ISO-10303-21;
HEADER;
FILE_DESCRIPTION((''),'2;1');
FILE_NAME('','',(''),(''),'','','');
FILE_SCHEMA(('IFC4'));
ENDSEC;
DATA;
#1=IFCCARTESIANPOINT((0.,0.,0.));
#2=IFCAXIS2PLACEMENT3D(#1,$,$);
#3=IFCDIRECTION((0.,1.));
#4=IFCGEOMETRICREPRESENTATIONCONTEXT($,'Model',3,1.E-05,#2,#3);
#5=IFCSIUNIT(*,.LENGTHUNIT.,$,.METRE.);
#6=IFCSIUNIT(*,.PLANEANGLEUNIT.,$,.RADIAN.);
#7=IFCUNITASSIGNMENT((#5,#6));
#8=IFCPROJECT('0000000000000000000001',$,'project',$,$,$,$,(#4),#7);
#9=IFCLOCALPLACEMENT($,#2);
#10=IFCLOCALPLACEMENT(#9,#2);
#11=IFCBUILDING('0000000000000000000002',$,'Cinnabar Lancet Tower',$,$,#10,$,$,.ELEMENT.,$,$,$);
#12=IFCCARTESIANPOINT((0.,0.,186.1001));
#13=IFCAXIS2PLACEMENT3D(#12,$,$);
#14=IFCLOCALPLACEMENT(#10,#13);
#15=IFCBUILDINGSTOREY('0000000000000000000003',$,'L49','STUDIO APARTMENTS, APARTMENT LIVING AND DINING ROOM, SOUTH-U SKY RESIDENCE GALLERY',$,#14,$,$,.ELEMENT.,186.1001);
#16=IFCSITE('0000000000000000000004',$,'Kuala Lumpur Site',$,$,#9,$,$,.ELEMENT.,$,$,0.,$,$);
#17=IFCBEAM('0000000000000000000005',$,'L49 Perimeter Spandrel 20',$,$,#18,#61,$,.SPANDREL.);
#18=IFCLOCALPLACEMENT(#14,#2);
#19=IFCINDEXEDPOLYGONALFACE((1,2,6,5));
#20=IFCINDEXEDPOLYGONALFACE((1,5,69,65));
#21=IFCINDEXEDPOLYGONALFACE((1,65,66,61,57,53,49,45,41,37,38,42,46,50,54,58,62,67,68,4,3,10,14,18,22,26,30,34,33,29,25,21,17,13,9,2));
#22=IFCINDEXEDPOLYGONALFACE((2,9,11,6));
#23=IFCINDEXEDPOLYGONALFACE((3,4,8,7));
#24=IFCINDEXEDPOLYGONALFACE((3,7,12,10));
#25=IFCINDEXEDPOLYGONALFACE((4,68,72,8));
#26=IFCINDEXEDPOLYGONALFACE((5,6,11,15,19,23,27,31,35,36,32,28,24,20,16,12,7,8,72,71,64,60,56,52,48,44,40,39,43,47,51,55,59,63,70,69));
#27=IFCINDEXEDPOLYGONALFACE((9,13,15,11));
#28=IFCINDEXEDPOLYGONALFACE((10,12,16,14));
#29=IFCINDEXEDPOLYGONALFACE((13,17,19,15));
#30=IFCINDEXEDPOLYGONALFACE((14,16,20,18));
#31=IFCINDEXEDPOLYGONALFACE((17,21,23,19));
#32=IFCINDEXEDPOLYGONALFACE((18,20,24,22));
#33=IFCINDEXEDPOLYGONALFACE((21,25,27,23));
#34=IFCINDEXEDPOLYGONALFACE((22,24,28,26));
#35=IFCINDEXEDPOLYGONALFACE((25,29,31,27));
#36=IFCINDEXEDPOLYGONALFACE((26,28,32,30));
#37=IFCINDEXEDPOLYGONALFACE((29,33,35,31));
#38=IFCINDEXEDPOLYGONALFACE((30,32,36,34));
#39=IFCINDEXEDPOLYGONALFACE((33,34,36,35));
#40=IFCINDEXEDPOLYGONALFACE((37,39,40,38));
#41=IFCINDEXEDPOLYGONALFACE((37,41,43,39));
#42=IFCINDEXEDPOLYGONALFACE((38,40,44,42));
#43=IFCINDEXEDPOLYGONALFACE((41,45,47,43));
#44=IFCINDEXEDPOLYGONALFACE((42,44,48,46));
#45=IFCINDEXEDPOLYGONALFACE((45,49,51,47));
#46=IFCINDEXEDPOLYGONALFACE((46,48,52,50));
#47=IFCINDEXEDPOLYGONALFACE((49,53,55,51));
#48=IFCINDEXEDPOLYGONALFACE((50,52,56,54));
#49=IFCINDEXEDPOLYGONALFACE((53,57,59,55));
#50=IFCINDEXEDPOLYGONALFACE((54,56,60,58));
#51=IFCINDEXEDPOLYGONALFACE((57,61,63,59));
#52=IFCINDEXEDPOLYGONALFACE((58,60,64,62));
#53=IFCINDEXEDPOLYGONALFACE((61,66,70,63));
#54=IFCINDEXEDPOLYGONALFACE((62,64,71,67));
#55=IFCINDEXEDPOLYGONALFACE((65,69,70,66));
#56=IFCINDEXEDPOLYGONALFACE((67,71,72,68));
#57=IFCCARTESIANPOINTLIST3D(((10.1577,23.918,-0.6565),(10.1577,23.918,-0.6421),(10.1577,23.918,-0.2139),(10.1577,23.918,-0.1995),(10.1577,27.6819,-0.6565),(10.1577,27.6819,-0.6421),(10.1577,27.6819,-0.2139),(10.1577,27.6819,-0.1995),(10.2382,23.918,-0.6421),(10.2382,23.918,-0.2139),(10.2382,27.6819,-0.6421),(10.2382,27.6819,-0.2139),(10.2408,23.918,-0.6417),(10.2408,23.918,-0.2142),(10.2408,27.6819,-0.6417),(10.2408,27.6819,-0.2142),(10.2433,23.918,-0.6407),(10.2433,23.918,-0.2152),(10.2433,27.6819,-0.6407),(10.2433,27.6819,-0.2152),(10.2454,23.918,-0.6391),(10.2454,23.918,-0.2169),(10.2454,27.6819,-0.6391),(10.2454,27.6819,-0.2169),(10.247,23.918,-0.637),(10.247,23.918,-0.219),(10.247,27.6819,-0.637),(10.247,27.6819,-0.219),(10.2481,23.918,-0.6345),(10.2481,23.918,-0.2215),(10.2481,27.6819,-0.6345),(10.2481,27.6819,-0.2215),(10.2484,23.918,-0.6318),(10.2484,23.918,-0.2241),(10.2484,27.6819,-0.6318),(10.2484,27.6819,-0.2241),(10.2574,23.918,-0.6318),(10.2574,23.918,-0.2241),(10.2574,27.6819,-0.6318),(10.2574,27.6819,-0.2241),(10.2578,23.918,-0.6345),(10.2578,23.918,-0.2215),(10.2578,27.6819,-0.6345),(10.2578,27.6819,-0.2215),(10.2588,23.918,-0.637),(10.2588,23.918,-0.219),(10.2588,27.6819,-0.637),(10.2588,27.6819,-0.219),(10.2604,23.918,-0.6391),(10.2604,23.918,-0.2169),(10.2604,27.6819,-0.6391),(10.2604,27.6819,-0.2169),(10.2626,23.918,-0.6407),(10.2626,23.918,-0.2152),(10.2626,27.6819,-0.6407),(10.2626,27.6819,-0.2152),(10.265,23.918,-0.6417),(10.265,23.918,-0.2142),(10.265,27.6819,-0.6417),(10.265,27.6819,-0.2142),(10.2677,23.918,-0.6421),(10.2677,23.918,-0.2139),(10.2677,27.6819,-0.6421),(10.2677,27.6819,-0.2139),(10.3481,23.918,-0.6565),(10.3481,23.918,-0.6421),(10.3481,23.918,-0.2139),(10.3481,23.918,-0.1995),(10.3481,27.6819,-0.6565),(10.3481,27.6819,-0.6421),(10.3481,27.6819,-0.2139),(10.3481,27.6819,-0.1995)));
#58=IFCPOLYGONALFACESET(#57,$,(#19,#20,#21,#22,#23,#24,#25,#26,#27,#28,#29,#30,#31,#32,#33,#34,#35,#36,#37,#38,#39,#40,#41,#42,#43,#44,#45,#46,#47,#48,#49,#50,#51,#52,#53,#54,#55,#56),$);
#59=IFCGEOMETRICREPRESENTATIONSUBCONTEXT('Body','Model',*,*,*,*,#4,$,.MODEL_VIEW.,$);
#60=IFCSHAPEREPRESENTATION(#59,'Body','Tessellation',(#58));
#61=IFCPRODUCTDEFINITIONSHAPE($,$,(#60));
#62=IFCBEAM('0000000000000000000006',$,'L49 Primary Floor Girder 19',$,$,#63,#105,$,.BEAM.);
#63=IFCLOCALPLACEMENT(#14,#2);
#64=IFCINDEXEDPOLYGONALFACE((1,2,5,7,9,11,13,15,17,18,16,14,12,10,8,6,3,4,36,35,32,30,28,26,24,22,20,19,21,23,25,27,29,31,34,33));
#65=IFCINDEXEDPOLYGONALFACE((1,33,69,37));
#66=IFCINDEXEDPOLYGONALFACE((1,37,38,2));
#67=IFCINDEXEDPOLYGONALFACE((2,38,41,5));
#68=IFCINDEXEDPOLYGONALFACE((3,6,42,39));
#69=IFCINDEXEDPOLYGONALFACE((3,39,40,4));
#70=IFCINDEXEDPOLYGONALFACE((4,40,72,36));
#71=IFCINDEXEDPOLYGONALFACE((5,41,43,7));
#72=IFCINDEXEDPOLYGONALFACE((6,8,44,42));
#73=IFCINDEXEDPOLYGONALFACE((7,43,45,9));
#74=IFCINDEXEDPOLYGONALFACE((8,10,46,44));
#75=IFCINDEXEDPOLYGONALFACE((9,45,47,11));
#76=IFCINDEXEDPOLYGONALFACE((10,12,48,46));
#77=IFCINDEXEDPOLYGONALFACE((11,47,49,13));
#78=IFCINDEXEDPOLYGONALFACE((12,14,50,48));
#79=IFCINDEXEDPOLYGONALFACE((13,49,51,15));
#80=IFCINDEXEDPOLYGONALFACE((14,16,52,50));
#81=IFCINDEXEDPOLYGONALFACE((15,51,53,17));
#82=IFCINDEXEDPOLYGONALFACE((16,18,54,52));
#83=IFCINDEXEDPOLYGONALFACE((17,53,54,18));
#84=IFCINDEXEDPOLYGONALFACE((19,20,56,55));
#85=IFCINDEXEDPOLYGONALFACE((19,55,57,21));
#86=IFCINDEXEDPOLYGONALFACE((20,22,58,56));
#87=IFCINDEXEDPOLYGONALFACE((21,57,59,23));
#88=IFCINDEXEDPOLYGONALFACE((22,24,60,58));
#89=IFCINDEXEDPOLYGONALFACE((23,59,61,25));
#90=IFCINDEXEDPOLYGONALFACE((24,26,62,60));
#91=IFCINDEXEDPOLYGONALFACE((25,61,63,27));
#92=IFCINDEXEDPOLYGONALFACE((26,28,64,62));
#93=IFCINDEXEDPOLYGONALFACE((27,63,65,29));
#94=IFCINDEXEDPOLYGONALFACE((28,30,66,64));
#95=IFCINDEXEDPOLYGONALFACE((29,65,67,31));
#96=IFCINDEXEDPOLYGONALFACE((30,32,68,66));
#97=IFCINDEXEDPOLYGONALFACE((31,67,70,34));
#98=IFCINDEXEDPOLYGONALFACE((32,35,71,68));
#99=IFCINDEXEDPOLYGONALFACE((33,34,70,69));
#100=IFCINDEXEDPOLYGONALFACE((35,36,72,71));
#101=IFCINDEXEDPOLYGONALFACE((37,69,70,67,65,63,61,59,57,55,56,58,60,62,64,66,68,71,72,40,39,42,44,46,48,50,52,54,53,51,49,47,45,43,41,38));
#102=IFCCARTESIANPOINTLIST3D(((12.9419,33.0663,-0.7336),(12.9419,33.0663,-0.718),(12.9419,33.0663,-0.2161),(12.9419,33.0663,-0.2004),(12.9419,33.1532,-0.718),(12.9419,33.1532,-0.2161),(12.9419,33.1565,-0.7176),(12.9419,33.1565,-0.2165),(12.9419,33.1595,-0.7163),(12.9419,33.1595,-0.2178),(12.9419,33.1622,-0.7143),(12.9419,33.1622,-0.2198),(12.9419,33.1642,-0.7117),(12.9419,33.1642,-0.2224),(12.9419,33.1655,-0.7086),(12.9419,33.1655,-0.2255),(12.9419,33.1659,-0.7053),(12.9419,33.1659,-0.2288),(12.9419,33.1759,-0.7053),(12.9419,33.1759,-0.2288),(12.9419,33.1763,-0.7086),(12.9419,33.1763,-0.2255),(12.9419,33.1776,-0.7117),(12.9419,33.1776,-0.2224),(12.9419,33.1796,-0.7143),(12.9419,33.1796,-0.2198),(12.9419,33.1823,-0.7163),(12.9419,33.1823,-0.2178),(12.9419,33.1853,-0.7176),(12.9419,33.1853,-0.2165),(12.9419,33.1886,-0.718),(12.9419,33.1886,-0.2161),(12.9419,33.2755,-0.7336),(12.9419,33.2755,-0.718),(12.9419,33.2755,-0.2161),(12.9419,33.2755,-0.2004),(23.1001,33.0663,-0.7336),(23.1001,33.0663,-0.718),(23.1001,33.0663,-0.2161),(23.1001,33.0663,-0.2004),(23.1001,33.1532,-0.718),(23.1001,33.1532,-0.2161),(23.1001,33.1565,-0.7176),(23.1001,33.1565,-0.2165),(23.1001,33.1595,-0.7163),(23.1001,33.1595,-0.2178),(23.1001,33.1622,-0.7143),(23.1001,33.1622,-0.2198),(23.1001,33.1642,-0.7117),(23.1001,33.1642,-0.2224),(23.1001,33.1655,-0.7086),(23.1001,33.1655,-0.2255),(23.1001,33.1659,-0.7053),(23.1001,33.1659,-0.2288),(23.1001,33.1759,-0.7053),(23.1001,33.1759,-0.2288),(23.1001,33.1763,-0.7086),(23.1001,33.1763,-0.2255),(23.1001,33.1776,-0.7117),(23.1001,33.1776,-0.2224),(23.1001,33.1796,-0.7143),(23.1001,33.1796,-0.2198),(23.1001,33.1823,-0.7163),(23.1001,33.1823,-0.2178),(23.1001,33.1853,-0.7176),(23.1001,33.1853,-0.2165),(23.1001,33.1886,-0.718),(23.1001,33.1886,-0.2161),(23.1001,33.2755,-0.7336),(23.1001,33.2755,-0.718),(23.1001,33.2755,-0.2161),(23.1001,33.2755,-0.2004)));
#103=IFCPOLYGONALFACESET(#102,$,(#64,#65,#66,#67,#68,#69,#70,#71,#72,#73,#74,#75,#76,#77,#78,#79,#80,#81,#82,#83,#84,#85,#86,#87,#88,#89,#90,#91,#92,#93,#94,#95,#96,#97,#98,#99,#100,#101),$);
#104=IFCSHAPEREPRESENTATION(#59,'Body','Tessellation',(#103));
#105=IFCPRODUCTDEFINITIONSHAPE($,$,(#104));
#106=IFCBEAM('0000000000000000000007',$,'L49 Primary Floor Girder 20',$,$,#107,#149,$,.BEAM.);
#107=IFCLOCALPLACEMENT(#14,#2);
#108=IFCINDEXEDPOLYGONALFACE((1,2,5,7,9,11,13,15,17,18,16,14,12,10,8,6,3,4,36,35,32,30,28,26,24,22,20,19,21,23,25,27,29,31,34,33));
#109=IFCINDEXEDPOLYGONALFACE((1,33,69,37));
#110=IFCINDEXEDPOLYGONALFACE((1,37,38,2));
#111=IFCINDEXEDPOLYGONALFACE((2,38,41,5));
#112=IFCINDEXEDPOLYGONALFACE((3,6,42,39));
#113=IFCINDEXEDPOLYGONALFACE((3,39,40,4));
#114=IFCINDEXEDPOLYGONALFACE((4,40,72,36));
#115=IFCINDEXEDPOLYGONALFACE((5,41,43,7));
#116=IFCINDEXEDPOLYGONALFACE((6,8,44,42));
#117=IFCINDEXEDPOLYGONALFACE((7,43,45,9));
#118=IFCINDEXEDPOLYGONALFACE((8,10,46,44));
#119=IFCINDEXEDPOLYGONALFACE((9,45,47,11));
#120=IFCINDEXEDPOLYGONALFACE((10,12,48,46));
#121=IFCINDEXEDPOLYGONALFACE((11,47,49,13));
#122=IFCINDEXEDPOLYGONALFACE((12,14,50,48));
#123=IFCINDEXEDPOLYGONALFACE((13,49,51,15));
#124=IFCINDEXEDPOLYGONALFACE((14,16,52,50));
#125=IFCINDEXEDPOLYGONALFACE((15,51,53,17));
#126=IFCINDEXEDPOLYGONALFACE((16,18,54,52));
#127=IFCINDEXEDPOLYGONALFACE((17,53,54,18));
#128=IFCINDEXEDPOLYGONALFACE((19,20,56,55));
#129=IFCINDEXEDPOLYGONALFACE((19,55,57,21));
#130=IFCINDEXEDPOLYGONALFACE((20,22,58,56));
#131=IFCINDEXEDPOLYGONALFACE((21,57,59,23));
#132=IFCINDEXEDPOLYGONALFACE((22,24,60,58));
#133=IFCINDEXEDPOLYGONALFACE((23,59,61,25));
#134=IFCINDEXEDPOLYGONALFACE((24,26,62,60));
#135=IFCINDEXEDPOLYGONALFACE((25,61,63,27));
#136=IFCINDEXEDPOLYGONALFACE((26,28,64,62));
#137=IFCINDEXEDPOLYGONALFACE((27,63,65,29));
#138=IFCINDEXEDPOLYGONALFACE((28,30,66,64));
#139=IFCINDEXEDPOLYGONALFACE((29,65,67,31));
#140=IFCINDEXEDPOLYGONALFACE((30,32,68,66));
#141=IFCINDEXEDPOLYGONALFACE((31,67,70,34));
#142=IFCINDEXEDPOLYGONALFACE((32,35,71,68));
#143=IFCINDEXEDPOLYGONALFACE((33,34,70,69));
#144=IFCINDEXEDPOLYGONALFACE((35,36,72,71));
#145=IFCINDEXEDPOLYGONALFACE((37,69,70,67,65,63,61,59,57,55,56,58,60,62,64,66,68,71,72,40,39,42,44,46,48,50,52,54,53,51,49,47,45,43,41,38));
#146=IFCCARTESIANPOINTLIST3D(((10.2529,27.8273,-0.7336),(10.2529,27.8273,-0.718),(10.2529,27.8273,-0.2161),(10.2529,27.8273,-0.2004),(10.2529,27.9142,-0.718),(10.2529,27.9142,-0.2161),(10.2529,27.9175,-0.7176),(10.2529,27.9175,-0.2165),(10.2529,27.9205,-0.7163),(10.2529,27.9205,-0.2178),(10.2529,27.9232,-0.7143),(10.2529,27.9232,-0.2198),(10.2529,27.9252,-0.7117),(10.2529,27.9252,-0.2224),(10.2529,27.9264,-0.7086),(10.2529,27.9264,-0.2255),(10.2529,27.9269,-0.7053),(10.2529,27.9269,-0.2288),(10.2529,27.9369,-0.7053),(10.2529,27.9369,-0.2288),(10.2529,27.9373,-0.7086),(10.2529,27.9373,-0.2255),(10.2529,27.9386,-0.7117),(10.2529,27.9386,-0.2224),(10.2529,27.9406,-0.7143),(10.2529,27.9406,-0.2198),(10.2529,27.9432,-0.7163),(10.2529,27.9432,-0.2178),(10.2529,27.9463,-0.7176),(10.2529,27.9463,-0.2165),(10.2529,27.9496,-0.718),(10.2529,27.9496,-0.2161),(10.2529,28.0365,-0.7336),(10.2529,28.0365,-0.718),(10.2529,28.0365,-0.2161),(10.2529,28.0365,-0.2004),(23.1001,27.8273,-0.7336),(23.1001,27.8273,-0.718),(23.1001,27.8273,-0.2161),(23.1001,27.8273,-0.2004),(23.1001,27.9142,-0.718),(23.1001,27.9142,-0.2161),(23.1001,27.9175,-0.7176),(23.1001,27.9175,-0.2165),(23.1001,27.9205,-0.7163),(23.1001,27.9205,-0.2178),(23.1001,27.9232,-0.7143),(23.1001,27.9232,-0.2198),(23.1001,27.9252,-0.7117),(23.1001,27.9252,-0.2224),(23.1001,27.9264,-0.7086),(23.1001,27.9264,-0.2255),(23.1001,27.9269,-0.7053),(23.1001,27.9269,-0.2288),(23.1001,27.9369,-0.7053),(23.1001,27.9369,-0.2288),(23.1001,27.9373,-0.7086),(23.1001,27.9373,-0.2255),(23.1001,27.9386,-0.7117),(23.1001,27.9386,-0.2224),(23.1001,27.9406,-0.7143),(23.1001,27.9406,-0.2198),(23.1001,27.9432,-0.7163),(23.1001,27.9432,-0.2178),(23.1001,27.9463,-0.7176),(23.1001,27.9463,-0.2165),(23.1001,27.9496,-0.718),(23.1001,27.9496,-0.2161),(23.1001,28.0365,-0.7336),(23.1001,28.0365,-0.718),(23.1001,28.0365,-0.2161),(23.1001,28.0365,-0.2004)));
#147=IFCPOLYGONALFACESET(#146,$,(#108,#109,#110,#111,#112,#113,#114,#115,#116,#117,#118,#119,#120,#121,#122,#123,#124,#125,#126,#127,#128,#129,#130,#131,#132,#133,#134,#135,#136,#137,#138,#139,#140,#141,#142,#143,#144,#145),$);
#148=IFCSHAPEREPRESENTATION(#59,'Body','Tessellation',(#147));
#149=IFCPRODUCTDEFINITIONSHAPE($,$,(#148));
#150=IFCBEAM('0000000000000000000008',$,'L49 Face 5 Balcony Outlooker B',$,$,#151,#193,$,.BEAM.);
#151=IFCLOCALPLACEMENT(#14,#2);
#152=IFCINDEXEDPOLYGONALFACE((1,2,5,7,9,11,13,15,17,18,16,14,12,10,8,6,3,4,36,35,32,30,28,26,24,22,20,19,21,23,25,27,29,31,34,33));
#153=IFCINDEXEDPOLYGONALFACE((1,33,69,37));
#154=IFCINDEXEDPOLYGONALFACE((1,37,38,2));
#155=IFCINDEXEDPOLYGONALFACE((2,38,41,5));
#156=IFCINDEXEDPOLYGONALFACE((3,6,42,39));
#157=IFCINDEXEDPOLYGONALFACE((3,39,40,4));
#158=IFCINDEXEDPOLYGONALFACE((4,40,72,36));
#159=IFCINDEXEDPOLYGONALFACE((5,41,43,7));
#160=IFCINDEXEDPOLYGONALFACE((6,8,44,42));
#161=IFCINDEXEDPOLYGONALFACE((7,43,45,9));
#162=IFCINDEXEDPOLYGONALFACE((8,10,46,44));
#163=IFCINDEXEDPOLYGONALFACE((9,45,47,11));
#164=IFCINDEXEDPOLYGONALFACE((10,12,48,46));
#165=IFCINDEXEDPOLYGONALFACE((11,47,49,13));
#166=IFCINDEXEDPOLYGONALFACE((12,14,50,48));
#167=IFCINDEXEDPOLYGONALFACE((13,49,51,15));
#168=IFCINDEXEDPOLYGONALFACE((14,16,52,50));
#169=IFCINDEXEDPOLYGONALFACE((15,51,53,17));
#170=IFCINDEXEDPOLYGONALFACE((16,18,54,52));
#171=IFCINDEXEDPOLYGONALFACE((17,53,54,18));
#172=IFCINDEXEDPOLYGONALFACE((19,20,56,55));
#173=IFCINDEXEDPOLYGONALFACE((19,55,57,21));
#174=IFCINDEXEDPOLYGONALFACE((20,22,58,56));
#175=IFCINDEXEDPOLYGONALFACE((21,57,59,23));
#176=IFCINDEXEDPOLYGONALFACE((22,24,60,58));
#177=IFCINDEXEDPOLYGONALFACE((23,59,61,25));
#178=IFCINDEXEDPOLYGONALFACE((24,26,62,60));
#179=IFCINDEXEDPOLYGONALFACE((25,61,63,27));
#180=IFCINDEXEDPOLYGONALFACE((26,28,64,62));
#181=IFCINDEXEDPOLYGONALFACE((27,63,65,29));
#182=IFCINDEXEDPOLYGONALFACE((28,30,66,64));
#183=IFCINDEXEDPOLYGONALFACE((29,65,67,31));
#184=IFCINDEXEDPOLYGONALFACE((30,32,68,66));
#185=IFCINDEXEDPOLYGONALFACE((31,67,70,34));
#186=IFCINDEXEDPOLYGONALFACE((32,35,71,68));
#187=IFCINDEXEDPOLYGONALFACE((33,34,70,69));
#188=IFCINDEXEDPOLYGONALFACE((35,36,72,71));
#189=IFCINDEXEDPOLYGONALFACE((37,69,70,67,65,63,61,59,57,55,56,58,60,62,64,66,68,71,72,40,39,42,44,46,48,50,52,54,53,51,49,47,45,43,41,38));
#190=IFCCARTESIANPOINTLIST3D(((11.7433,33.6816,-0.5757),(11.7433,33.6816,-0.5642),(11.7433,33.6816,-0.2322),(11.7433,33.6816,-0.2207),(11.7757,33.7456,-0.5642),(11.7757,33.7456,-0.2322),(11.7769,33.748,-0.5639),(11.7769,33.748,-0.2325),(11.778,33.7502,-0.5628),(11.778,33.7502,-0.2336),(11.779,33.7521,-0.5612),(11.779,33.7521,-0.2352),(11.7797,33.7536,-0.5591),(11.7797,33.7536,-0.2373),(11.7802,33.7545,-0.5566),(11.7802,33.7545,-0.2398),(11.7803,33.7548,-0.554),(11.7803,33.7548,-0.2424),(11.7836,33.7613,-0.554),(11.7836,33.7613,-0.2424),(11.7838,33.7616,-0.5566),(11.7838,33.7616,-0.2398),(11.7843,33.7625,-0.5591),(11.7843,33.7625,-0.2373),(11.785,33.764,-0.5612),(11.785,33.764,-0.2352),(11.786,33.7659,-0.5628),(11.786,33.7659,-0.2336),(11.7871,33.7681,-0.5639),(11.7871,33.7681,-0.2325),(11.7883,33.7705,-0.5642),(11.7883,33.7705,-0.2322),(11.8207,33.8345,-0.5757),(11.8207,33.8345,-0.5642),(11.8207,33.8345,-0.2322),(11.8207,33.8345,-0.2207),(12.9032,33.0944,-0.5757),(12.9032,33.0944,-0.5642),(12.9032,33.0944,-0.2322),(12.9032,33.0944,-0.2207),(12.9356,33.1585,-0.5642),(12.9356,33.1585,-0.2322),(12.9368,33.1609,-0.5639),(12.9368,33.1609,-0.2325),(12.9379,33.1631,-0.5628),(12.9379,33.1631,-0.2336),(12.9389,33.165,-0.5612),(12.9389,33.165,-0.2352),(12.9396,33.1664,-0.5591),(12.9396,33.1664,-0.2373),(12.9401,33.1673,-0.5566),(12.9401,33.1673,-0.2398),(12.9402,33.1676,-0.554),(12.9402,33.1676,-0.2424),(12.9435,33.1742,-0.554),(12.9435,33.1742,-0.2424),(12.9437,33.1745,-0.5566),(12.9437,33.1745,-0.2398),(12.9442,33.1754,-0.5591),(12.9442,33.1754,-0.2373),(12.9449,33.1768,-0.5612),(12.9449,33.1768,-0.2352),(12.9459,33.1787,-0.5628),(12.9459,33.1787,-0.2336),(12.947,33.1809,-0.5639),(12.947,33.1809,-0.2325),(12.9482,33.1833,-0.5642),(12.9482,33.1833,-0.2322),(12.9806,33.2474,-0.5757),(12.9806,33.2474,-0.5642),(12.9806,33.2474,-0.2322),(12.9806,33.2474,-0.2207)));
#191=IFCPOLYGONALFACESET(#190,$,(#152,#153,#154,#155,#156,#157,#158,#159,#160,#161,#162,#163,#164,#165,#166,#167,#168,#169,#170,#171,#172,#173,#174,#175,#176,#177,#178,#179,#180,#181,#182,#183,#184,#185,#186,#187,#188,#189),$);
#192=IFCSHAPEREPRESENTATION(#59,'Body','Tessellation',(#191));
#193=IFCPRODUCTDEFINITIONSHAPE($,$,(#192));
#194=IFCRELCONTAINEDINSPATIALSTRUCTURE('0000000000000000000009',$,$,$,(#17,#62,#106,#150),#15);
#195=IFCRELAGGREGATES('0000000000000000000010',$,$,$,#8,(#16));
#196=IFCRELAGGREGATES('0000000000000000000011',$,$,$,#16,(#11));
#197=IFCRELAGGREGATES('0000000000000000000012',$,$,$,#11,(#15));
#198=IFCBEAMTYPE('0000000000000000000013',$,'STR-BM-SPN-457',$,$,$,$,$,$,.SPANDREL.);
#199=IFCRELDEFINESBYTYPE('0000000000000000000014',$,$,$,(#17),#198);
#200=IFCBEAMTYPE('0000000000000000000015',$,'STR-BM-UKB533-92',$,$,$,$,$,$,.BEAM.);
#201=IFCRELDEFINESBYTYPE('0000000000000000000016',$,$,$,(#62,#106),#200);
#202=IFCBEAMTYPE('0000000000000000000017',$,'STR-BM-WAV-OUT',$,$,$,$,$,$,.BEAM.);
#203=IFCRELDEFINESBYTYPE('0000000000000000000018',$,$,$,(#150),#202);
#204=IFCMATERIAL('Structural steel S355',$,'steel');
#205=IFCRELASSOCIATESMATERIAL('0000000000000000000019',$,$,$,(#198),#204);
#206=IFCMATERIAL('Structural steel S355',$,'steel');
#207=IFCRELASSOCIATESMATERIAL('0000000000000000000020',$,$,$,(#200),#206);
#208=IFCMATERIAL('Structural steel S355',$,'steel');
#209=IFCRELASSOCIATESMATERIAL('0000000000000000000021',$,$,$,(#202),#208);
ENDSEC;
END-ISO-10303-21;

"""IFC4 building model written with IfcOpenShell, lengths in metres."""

from ifc_helpers import new_model, si_unit, direction, frame, origin, origin_2d, place, context, subcontext, project, spatial, i_section, extrude, material, material_profile, profile_set, type_object, element, save


model = new_model("IFC4")

# Units and contexts
model_context = context("Model", 3, precision=1e-05, world=origin(), true_north=direction((0.0, 1.0)))
body_context = subcontext(model_context, "Body", "Model", "MODEL_VIEW")
ifc_project = project(units=[si_unit("LENGTHUNIT", "METRE"), si_unit("PLANEANGLEUNIT", "RADIAN")], contexts=[model_context])

# Site, building, storey
site_placement = place(None, origin())
site = spatial("IfcSite", under=ifc_project, at=site_placement, Name="Kuala Lumpur Site", CompositionType="ELEMENT", RefElevation=0.0)
building_placement = place(site_placement, origin())
building = spatial("IfcBuilding", under=site, at=building_placement, Name="Cinnabar Lancet Tower", CompositionType="ELEMENT")
storey_placement = place(building_placement, frame((0.0, 0.0, 186.1001)))
storey = spatial("IfcBuildingStorey", under=building, at=storey_placement, Name="L49", Description="STUDIO APARTMENTS, APARTMENT LIVING AND DINING ROOM, SOUTH-U SKY RESIDENCE GALLERY", CompositionType="ELEMENT", Elevation=186.1001)

# Beams
ifc_material_1 = material(Name="Structural steel S355", Category="steel")
ifc_material_profile_1 = material_profile(ifc_material_1, i_section(OverallWidth=0.1904, OverallDepth=0.457, WebThickness=0.009, FlangeThickness=0.0144, FilletRadius=0.0103, at=origin_2d()), Name="UKB 457x191x74")
ifc_profile_set_1 = profile_set([ifc_material_profile_1], Name="Structural steel S355")
beam_type_1 = type_object("IfcBeamType", Name="STR-BM-SPN-457", PredefinedType="SPANDREL", material=ifc_profile_set_1)
beam_1_placement = place(storey_placement, frame((10.2529, 27.6819, -0.428), z_axis=(0.0, -1.0, 0.0), x_axis=(1.0, 0.0, 0.0)))
element("IfcBeam", 1, at=beam_1_placement, inside=storey, type_object=beam_type_1, Name="L49 Perimeter Spandrel 20", PredefinedType="SPANDREL", context=body_context, shape_type="SweptSolid", body=[
    extrude(i_section(OverallWidth=0.1904, OverallDepth=0.457, WebThickness=0.009, FlangeThickness=0.0144, FilletRadius=0.0103, at=origin_2d()), origin(), (0.0, 0.0, 1.0), 3.7639),
])
ifc_material_2 = material(Name="Structural steel S355", Category="steel")
ifc_material_profile_2 = material_profile(ifc_material_2, i_section(OverallWidth=0.2092, OverallDepth=0.5332, WebThickness=0.01, FlangeThickness=0.0156, FilletRadius=0.0127, at=origin_2d()), Name="UKB 533x210x92")
ifc_profile_set_2 = profile_set([ifc_material_profile_2], Name="Structural steel S355")
beam_type_2 = type_object("IfcBeamType", Name="STR-BM-UKB533-92", PredefinedType="BEAM", material=ifc_profile_set_2)
beam_2_placement = place(storey_placement, frame((12.9419, 33.1709, -0.467), z_axis=(1.0, 0.0, 0.0), x_axis=(0.0, 1.0, 0.0)))
element("IfcBeam", 2, at=beam_2_placement, inside=storey, type_object=beam_type_2, Name="L49 Primary Floor Girder 19", PredefinedType="BEAM", context=body_context, shape_type="SweptSolid", body=[
    extrude(i_section(OverallWidth=0.2092, OverallDepth=0.5332, WebThickness=0.01, FlangeThickness=0.0156, FilletRadius=0.0127, at=origin_2d()), origin(), (0.0, 0.0, 1.0), 10.1582),
])
beam_3_placement = place(storey_placement, frame((10.2529, 27.9319, -0.467), z_axis=(1.0, 0.0, 0.0), x_axis=(0.0, 1.0, 0.0)))
element("IfcBeam", 3, at=beam_3_placement, inside=storey, type_object=beam_type_2, Name="L49 Primary Floor Girder 20", PredefinedType="BEAM", context=body_context, shape_type="SweptSolid", body=[
    extrude(i_section(OverallWidth=0.2092, OverallDepth=0.5332, WebThickness=0.01, FlangeThickness=0.0156, FilletRadius=0.0127, at=origin_2d()), origin(), (0.0, 0.0, 1.0), 12.8472),
])
ifc_material_3 = material(Name="Structural steel S355", Category="steel")
ifc_material_profile_3 = material_profile(ifc_material_3, i_section(OverallWidth=0.1714, OverallDepth=0.355, WebThickness=0.0073, FlangeThickness=0.0115, FilletRadius=0.0103, at=origin_2d()), Name="UKB 356x171x51")
ifc_profile_set_3 = profile_set([ifc_material_profile_3], Name="Structural steel S355")
beam_type_3 = type_object("IfcBeamType", Name="STR-BM-WAV-OUT", PredefinedType="BEAM", material=ifc_profile_set_3)
beam_4_placement = place(storey_placement, frame((12.9419, 33.1709, -0.3982), z_axis=(-0.8922, 0.45164, 0.0), x_axis=(-0.45164, -0.8922, 0.0)))
element("IfcBeam", 4, at=beam_4_placement, inside=storey, type_object=beam_type_3, Name="L49 Face 5 Balcony Outlooker B", PredefinedType="BEAM", context=body_context, shape_type="SweptSolid", body=[
    extrude(i_section(OverallWidth=0.1714, OverallDepth=0.355, WebThickness=0.0073, FlangeThickness=0.0115, FilletRadius=0.0103, at=origin_2d()), origin(), (0.0, 0.0, 1.0), 1.3),
])

save(model, "model.ifc")
